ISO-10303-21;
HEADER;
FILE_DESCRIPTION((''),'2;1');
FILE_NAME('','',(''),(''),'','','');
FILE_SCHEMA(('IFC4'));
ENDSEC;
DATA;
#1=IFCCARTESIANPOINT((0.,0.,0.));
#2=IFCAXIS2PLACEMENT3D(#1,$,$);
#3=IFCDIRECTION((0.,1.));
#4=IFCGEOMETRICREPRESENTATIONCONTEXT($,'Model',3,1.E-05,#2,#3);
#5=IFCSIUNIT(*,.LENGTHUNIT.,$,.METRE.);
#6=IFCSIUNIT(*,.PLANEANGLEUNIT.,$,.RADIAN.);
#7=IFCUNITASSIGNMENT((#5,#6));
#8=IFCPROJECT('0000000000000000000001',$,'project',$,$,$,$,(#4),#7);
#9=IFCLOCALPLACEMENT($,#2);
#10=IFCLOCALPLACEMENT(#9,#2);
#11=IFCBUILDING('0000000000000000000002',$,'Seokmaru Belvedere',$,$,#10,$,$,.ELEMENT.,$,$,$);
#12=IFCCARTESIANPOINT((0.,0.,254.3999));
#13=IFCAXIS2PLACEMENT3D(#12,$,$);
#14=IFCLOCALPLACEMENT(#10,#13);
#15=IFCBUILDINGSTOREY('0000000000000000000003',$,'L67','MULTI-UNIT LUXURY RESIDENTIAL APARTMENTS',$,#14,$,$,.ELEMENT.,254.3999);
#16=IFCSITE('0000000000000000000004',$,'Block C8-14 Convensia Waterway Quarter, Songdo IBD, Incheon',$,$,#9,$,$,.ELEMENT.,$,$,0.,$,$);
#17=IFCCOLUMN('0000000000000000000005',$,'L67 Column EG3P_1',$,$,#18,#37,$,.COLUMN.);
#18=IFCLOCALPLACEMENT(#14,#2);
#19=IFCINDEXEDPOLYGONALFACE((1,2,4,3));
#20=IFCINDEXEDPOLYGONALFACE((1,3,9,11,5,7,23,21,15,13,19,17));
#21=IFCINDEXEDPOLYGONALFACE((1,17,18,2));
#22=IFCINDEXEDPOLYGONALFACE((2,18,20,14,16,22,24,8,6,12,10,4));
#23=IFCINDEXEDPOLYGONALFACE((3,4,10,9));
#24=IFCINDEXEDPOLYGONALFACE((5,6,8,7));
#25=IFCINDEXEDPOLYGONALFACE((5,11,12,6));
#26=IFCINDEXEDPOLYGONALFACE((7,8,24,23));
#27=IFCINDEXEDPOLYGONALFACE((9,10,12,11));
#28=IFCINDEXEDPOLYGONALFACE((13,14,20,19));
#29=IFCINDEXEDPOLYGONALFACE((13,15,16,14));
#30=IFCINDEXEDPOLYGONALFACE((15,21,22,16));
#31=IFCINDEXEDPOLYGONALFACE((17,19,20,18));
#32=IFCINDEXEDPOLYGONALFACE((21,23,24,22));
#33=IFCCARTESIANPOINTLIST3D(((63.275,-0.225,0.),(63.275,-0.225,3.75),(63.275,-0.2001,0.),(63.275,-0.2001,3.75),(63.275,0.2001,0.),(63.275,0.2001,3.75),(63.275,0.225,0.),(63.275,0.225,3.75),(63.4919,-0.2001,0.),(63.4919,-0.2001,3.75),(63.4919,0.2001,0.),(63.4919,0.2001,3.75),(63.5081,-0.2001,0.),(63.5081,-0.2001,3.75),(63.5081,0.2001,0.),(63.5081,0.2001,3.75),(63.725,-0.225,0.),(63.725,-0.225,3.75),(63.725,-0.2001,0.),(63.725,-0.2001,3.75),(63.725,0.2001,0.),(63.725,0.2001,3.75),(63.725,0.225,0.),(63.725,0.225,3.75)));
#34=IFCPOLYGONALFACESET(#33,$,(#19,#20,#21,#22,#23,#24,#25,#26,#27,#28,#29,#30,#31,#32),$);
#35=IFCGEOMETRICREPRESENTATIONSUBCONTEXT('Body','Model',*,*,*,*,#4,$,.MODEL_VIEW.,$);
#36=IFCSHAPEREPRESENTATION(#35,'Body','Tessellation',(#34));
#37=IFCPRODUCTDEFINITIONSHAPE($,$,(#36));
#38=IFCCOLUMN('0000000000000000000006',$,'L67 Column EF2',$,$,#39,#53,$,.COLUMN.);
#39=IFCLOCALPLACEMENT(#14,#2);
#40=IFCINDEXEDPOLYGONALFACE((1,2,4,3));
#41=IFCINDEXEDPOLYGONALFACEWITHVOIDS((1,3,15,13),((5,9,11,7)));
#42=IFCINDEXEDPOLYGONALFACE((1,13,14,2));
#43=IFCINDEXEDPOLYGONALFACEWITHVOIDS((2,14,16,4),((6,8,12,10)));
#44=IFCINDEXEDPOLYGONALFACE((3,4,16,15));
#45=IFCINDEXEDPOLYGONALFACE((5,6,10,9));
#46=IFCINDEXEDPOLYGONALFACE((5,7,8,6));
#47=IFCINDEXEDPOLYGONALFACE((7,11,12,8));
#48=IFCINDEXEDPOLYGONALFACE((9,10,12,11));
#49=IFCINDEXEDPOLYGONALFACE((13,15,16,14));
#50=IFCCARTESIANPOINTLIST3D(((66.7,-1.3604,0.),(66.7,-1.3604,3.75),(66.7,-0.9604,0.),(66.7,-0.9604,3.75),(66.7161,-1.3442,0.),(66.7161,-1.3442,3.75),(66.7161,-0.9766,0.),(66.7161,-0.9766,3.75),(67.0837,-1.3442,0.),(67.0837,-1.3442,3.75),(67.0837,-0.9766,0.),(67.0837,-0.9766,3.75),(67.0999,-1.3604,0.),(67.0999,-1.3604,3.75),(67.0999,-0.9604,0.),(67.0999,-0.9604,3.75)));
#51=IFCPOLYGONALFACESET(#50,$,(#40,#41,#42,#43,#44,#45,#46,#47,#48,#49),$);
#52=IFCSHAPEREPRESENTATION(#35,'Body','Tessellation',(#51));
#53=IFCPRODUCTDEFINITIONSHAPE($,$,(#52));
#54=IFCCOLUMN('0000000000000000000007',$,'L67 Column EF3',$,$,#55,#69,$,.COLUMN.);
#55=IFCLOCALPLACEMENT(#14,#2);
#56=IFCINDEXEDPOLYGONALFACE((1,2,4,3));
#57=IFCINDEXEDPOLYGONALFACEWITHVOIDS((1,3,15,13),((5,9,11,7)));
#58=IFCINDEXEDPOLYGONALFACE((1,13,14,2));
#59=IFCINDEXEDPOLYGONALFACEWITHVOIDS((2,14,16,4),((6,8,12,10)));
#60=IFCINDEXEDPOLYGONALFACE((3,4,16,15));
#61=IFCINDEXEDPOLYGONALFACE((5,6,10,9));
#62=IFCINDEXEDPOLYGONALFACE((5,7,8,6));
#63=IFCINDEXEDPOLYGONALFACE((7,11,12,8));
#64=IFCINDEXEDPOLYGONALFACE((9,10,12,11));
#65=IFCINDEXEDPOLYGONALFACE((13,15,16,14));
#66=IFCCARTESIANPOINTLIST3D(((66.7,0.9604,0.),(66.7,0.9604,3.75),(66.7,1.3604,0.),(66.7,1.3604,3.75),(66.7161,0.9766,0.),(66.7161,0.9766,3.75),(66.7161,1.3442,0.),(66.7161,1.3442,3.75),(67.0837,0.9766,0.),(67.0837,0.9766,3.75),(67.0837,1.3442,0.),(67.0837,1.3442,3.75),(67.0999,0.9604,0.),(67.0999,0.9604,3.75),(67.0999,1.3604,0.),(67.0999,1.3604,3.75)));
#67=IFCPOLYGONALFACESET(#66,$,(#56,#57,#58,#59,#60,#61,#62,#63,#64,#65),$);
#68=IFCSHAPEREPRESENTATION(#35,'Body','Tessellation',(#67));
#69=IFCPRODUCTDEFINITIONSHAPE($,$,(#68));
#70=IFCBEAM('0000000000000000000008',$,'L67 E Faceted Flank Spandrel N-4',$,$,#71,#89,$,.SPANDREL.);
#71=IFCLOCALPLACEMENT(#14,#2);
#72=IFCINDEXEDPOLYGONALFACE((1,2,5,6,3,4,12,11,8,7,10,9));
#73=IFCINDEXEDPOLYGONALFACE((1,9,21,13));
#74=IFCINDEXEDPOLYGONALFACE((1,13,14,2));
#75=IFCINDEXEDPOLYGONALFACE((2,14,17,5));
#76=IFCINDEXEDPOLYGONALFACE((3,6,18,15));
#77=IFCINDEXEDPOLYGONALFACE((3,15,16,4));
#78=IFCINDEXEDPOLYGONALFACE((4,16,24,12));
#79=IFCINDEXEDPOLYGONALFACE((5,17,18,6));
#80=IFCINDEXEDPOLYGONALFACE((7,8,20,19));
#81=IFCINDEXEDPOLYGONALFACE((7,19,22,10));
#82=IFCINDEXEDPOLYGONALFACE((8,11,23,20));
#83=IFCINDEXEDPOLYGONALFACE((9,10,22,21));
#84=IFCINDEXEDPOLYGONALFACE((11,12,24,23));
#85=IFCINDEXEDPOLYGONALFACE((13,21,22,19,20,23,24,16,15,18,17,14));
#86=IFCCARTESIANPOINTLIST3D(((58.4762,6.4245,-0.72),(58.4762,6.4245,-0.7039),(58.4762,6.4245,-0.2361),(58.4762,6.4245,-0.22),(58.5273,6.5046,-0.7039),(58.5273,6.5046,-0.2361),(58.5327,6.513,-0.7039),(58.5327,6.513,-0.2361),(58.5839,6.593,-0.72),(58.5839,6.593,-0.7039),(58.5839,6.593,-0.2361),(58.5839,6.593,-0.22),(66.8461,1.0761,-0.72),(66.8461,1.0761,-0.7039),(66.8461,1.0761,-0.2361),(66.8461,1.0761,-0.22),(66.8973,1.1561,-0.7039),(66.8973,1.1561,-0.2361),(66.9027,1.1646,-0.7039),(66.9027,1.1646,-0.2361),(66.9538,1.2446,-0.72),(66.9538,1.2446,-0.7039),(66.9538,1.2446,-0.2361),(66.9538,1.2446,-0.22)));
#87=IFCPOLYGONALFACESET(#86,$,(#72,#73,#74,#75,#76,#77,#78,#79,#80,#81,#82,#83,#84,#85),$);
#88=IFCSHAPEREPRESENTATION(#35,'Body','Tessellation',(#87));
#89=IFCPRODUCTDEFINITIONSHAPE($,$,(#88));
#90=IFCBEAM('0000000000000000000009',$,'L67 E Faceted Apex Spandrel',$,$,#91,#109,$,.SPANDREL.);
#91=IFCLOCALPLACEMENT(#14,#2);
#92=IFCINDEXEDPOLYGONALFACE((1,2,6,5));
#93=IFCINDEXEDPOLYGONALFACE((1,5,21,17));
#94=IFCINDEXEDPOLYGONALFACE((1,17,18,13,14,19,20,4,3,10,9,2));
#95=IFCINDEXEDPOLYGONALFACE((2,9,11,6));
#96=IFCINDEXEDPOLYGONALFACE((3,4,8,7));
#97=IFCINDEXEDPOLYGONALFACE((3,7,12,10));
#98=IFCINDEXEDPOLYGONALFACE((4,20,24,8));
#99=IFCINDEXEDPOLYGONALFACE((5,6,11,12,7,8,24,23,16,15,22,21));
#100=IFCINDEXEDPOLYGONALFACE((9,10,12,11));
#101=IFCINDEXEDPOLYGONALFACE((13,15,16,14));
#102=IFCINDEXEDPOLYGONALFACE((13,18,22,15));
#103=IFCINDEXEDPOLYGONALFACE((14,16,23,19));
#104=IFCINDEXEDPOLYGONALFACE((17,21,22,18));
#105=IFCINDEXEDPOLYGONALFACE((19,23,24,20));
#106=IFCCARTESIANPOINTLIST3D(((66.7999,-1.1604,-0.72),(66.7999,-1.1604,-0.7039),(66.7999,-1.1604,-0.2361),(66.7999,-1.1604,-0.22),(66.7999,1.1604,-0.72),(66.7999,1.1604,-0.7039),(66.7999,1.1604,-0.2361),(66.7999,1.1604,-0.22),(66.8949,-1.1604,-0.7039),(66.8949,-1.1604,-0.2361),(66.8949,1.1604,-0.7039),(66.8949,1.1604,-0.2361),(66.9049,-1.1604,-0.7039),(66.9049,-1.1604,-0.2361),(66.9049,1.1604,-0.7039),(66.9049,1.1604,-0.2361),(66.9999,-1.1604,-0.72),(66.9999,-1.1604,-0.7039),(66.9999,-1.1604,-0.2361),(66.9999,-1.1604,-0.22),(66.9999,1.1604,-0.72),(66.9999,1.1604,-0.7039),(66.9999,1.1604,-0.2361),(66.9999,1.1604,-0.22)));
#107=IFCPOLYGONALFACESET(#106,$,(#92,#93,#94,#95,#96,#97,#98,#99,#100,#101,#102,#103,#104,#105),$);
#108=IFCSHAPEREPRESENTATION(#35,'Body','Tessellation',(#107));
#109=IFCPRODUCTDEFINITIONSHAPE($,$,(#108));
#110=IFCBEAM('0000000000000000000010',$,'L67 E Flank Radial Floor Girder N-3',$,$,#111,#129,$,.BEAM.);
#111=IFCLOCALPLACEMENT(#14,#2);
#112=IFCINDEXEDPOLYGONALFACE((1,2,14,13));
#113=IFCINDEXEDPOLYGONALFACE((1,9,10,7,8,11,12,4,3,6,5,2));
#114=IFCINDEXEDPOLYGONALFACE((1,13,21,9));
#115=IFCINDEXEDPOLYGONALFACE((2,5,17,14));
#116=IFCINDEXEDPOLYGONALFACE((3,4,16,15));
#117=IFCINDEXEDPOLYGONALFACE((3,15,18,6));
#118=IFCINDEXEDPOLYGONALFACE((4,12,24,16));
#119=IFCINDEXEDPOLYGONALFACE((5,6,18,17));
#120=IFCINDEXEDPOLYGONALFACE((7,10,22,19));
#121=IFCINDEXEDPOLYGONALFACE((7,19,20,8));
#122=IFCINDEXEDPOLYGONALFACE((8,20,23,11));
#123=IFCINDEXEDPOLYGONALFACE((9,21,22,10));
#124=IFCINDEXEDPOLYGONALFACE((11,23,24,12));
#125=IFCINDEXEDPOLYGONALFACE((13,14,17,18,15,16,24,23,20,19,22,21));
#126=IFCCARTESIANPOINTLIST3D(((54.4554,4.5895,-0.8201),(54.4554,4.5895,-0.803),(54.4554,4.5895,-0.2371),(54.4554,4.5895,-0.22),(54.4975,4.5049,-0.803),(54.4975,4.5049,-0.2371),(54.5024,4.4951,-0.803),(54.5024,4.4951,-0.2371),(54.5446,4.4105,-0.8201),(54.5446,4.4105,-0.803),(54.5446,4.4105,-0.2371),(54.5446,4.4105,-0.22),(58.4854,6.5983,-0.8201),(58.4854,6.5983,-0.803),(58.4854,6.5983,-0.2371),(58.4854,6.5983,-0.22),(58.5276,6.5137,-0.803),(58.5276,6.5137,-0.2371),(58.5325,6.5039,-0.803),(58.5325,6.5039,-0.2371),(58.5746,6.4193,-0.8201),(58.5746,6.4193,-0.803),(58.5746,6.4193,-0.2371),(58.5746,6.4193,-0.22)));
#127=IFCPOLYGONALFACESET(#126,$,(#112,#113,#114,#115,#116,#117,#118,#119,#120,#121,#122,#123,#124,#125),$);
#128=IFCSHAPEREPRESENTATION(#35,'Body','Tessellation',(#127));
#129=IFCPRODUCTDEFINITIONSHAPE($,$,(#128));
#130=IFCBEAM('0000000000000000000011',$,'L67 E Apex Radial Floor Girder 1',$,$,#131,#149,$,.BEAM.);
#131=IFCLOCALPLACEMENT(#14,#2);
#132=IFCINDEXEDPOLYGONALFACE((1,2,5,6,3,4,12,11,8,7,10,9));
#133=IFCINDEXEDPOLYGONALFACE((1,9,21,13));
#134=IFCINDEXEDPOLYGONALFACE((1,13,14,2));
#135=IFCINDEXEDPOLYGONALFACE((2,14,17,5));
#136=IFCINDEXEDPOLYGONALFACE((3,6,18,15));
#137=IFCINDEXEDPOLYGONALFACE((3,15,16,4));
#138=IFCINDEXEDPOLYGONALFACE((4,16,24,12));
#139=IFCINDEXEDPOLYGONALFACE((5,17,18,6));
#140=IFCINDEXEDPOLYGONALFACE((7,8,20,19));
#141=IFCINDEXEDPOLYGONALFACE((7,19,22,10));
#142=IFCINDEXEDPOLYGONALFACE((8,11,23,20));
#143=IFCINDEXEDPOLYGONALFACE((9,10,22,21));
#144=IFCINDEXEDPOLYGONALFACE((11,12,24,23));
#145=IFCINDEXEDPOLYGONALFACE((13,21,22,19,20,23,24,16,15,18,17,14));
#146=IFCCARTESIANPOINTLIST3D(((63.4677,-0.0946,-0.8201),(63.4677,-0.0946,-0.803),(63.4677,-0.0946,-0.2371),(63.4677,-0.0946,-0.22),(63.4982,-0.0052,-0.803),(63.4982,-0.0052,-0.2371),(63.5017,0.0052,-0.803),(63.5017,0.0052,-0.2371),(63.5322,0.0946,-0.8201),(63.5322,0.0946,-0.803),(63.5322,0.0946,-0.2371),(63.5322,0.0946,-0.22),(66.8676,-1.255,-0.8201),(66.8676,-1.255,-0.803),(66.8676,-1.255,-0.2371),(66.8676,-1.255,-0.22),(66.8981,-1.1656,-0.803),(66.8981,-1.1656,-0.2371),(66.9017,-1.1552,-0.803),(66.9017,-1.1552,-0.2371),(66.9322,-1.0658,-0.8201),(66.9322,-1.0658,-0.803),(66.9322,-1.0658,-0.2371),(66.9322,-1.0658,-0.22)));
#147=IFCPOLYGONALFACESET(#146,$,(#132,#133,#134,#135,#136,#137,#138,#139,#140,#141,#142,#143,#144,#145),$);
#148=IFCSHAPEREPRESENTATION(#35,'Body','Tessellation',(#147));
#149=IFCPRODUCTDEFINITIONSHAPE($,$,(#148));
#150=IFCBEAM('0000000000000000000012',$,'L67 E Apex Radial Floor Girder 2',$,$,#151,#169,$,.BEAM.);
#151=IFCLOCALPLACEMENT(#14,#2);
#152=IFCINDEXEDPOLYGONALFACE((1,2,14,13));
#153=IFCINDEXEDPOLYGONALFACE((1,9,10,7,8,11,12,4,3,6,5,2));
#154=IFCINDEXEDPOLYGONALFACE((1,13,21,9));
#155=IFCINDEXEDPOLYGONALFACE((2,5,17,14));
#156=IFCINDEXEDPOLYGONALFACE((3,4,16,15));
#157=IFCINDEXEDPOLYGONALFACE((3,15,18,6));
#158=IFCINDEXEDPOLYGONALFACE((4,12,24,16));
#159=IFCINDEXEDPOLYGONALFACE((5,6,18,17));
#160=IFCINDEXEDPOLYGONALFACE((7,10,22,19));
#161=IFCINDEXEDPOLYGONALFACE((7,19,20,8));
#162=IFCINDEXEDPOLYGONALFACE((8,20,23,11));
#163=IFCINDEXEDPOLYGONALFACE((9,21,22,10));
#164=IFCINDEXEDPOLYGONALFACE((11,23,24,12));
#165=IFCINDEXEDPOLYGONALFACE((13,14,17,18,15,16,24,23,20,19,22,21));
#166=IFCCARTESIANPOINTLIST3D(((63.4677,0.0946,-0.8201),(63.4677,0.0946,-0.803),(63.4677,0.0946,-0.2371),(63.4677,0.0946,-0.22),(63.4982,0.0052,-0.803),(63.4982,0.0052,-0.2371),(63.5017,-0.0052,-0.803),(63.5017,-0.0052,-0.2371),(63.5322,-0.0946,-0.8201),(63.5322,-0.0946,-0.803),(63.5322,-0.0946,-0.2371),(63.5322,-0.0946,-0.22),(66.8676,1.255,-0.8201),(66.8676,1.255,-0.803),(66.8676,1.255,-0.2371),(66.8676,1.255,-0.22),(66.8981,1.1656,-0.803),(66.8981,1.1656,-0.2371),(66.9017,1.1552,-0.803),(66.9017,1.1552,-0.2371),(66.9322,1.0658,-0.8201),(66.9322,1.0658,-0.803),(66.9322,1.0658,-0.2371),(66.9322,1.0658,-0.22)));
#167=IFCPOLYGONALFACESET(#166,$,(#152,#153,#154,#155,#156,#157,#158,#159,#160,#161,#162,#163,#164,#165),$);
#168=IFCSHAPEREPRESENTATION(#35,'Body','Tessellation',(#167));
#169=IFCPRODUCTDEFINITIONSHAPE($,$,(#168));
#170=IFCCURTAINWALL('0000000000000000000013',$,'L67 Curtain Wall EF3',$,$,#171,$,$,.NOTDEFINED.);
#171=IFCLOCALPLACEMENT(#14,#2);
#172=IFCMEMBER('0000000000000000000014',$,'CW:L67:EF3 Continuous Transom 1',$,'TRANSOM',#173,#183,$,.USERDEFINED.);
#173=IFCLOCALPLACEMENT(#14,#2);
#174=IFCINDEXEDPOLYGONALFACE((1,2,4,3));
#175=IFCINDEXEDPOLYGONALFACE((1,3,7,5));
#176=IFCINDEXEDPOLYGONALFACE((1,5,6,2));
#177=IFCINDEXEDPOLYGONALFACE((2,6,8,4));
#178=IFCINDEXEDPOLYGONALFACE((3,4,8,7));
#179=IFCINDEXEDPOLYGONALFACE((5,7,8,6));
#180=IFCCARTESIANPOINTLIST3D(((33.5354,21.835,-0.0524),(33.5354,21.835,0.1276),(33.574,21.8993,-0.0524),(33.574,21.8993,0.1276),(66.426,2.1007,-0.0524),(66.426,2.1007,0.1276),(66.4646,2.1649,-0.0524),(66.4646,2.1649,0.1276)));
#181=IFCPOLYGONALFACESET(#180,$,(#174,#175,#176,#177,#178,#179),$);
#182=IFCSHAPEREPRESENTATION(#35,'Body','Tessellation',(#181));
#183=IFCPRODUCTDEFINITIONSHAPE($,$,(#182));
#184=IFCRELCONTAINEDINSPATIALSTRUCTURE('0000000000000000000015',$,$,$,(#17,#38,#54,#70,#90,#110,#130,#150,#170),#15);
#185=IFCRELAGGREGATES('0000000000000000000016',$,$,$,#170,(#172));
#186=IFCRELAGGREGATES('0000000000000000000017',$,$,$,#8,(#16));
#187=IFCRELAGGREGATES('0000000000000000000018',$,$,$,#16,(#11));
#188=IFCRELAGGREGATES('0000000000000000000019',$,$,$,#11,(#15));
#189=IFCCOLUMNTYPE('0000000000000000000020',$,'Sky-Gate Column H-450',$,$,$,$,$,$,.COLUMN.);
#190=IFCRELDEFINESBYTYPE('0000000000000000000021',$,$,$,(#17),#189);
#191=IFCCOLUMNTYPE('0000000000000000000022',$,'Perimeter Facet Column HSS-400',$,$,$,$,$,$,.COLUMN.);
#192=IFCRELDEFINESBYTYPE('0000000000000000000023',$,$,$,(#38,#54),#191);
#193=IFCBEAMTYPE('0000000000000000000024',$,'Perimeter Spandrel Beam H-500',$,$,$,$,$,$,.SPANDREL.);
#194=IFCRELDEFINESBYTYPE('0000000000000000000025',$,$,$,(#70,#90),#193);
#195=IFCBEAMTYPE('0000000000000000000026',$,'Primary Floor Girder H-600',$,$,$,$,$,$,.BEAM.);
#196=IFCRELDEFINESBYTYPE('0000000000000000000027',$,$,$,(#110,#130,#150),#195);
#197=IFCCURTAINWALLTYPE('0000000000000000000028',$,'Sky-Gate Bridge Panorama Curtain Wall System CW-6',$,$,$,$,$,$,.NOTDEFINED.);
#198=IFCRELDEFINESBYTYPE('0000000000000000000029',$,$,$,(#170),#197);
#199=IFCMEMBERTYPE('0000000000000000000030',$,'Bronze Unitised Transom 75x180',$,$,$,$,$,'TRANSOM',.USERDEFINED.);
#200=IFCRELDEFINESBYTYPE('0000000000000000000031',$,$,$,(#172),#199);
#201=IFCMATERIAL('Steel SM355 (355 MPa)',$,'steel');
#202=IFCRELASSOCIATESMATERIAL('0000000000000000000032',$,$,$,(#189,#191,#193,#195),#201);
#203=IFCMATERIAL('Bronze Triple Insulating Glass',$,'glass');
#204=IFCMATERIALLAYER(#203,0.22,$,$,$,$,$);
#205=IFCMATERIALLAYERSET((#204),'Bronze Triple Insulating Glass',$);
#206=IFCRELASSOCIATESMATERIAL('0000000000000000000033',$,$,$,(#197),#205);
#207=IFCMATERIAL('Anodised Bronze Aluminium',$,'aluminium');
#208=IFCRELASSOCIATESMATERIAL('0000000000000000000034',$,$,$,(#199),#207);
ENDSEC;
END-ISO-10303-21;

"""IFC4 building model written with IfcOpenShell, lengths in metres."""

from ifc_helpers import new_model, si_unit, direction, frame, origin, origin_2d, place, context, subcontext, project, spatial, rectangle, hollow_rectangle, i_section, extrude, source, transform, mapped, material, layer, layer_set, material_profile, profile_set, type_object, type_shapes, element, aggregate, save


model = new_model("IFC4")

# Units and contexts
model_context = context("Model", 3, precision=1e-05, world=origin(), true_north=direction((0.0, 1.0)))
body_context = subcontext(model_context, "Body", "Model", "MODEL_VIEW")
ifc_project = project(units=[si_unit("LENGTHUNIT", "METRE"), si_unit("PLANEANGLEUNIT", "RADIAN")], contexts=[model_context])

# Site, building, storey
site_placement = place(None, origin())
site = spatial("IfcSite", under=ifc_project, at=site_placement, Name="Block C8-14 Convensia Waterway Quarter, Songdo IBD, Incheon", CompositionType="ELEMENT", RefElevation=0.0)
building_placement = place(site_placement, origin())
building = spatial("IfcBuilding", under=site, at=building_placement, Name="Seokmaru Belvedere", CompositionType="ELEMENT")
storey_placement = place(building_placement, frame((0.0, 0.0, 254.3999)))
storey = spatial("IfcBuildingStorey", under=building, at=storey_placement, Name="L67", Description="MULTI-UNIT LUXURY RESIDENTIAL APARTMENTS", CompositionType="ELEMENT", Elevation=254.3999)

# Columns
ifc_material_1 = material(Name="Steel SM355 (355 MPa)", Category="steel")
ifc_material_profile_1 = material_profile(ifc_material_1, i_section(OverallWidth=0.45, OverallDepth=0.45, WebThickness=0.0161, FlangeThickness=0.0249, at=origin_2d()), Name="H-450x450x16x25")
ifc_profile_set_1 = profile_set([ifc_material_profile_1], Name="Steel SM355 (355 MPa)")
column_type_1 = type_object("IfcColumnType", Name="Sky-Gate Column H-450", PredefinedType="COLUMN", material=ifc_profile_set_1)
shared_shape_1 = source(origin(), body_context, "Body", "SweptSolid", [
    extrude(i_section(OverallWidth=0.45, OverallDepth=0.45, WebThickness=0.0161, FlangeThickness=0.0249, at=origin_2d()), origin(), (0.0, 0.0, 1.0), 3.75),
])
type_shapes(column_type_1, [shared_shape_1])
column_placement = place(storey_placement, frame((63.5, 0.0, 0.0), z_axis=(0.0, 0.0, 1.0), x_axis=(1.0, 0.0, 0.0)))
element("IfcColumn", 1, at=column_placement, inside=storey, type_object=column_type_1, Name="L67 Column EG3P_1", PredefinedType="COLUMN", context=body_context, shape_type="MappedRepresentation", body=[
    mapped(shared_shape_1, transform((0.0, 0.0, 0.0), scale=1.0)),
])
ifc_material_profile_2 = material_profile(ifc_material_1, hollow_rectangle(XDim=0.3999, YDim=0.3999, WallThickness=0.0161, at=origin_2d()), Name="HSS-400x400x16")
ifc_profile_set_2 = profile_set([ifc_material_profile_2], Name="Steel SM355 (355 MPa)")
column_type_2 = type_object("IfcColumnType", Name="Perimeter Facet Column HSS-400", PredefinedType="COLUMN", material=ifc_profile_set_2)
shared_shape_2 = source(origin(), body_context, "Body", "SweptSolid", [
    extrude(hollow_rectangle(XDim=0.3999, YDim=0.3999, WallThickness=0.0161, at=origin_2d()), origin(), (0.0, 0.0, 1.0), 3.75),
])
type_shapes(column_type_2, [shared_shape_2])
for number, where, z_axis, x_axis, name in (
    (2, (66.8999, -1.1604, 0.0), (0.0, 0.0, 1.0), (1.0, 0.0, 0.0), "L67 Column EF2"),
    (3, (66.8999, 1.1604, 0.0), (0.0, 0.0, 1.0), (1.0, 0.0, 0.0), "L67 Column EF3"),
):
    element("IfcColumn", number, at=place(storey_placement, frame(where, z_axis=z_axis, x_axis=x_axis)), inside=storey, type_object=column_type_2, Name=name, PredefinedType="COLUMN", context=body_context, shape_type="MappedRepresentation", body=[
        mapped(shared_shape_2, transform((0.0, 0.0, 0.0), scale=1.0)),
    ])

# Beams
ifc_material_profile_3 = material_profile(ifc_material_1, i_section(OverallWidth=0.2, OverallDepth=0.5, WebThickness=0.01, FlangeThickness=0.0161, at=origin_2d()), Name="H-500x200x10x16")
ifc_profile_set_3 = profile_set([ifc_material_profile_3], Name="Steel SM355 (355 MPa)")
beam_type_1 = type_object("IfcBeamType", Name="Perimeter Spandrel Beam H-500", PredefinedType="SPANDREL", material=ifc_profile_set_3)
shared_shape_3 = source(origin(), body_context, "Body", "SweptSolid", [
    extrude(i_section(OverallWidth=0.2, OverallDepth=0.5, WebThickness=0.01, FlangeThickness=0.0161, at=origin_2d()), origin(), (0.0, 0.0, 1.0), 9.9329),
])
beam_1_placement = place(storey_placement, frame((58.53, 6.5088, -0.47), z_axis=(0.842652, -0.538459, 0.0), x_axis=(0.538459, 0.842652, 0.0)))
element("IfcBeam", 4, at=beam_1_placement, inside=storey, type_object=beam_type_1, Name="L67 E Faceted Flank Spandrel N-4", PredefinedType="SPANDREL", context=body_context, shape_type="MappedRepresentation", body=[
    mapped(shared_shape_3, transform((0.0, 0.0, 0.0), scale=1.0)),
])
shared_shape_4 = source(origin(), body_context, "Body", "SweptSolid", [
    extrude(i_section(OverallWidth=0.2, OverallDepth=0.5, WebThickness=0.01, FlangeThickness=0.0161, at=origin_2d()), origin(), (0.0, 0.0, 1.0), 2.3208),
])
type_shapes(beam_type_1, [shared_shape_3, shared_shape_4])
beam_2_placement = place(storey_placement, frame((66.8999, -1.1604, -0.47), z_axis=(0.0, 1.0, 0.0), x_axis=(-1.0, 0.0, 0.0)))
element("IfcBeam", 5, at=beam_2_placement, inside=storey, type_object=beam_type_1, Name="L67 E Faceted Apex Spandrel", PredefinedType="SPANDREL", context=body_context, shape_type="MappedRepresentation", body=[
    mapped(shared_shape_4, transform((0.0, 0.0, 0.0), scale=1.0)),
])
ifc_material_profile_4 = material_profile(ifc_material_1, i_section(OverallWidth=0.2, OverallDepth=0.6001, WebThickness=0.011, FlangeThickness=0.0171, at=origin_2d()), Name="H-600x200x11x17")
ifc_profile_set_4 = profile_set([ifc_material_profile_4], Name="Steel SM355 (355 MPa)")
beam_type_2 = type_object("IfcBeamType", Name="Primary Floor Girder H-600", PredefinedType="BEAM", material=ifc_profile_set_4)
shared_shape_5 = source(origin(), body_context, "Body", "SweptSolid", [
    extrude(i_section(OverallWidth=0.2, OverallDepth=0.6001, WebThickness=0.011, FlangeThickness=0.0171, at=origin_2d()), origin(), (0.0, 0.0, 1.0), 4.5029),
])
beam_3_placement = place(storey_placement, frame((58.53, 6.5088, -0.52), z_axis=(-0.89498, -0.446107, 0.0), x_axis=(0.446107, -0.89498, 0.0)))
element("IfcBeam", 6, at=beam_3_placement, inside=storey, type_object=beam_type_2, Name="L67 E Flank Radial Floor Girder N-3", PredefinedType="BEAM", context=body_context, shape_type="MappedRepresentation", body=[
    mapped(shared_shape_5, transform((0.0, 0.0, 0.0), scale=1.0)),
])
shared_shape_6 = source(origin(), body_context, "Body", "SweptSolid", [
    extrude(i_section(OverallWidth=0.2, OverallDepth=0.6001, WebThickness=0.011, FlangeThickness=0.0171, at=origin_2d()), origin(), (0.0, 0.0, 1.0), 3.5925),
])
type_shapes(beam_type_2, [shared_shape_5, shared_shape_6])
for number, where, z_axis, x_axis, name in (
    (7, (66.8999, -1.1604, -0.52), (-0.946396, 0.323009, 0.0), (-0.323009, -0.946396, 0.0), "L67 E Apex Radial Floor Girder 1"),
    (8, (66.8999, 1.1604, -0.52), (-0.946396, -0.323009, 0.0), (0.323009, -0.946396, 0.0), "L67 E Apex Radial Floor Girder 2"),
):
    element("IfcBeam", number, at=place(storey_placement, frame(where, z_axis=z_axis, x_axis=x_axis)), inside=storey, type_object=beam_type_2, Name=name, PredefinedType="BEAM", context=body_context, shape_type="MappedRepresentation", body=[
        mapped(shared_shape_6, transform((0.0, 0.0, 0.0), scale=1.0)),
    ])

# Curtain wall, member
ifc_material_2 = material(Name="Bronze Triple Insulating Glass", Category="glass")
ifc_layer_1 = layer(ifc_material_2, 0.22)
ifc_layer_set_1 = layer_set([ifc_layer_1], Name="Bronze Triple Insulating Glass")
curtain_wall_type = type_object("IfcCurtainWallType", Name="Sky-Gate Bridge Panorama Curtain Wall System CW-6", PredefinedType="NOTDEFINED", material=ifc_layer_set_1)
curtain_wall_1_placement = place(storey_placement, origin())
curtain_wall_1 = element("IfcCurtainWall", 9, at=curtain_wall_1_placement, inside=storey, type_object=curtain_wall_type, Name="L67 Curtain Wall EF3", PredefinedType="NOTDEFINED")
ifc_material_3 = material(Name="Anodised Bronze Aluminium", Category="aluminium")
ifc_material_profile_5 = material_profile(ifc_material_3, rectangle(XDim=0.075, YDim=0.1799, at=origin_2d()), Name="CW-T-75x180")
ifc_profile_set_5 = profile_set([ifc_material_profile_5], Name="Anodised Bronze Aluminium")
member_type_1 = type_object("IfcMemberType", Name="Bronze Unitised Transom 75x180", ElementType="TRANSOM", PredefinedType="USERDEFINED", material=ifc_profile_set_5)
shared_shape_7 = source(origin(), body_context, "Body", "SweptSolid", [
    extrude(rectangle(XDim=0.075, YDim=0.1799, at=origin_2d()), origin(), (0.0, 0.0, 1.0), 38.3567),
])
member_1_placement = place(storey_placement, frame((66.4453, 2.1328, 0.0376), z_axis=(-0.857493, 0.514496, 0.0), x_axis=(-0.514496, -0.857493, 0.0)))
member_1 = element("IfcMember", 10, at=member_1_placement, type_object=member_type_1, Name="CW:L67:EF3 Continuous Transom 1", ObjectType="TRANSOM", PredefinedType="USERDEFINED", context=body_context, shape_type="MappedRepresentation", body=[
    mapped(shared_shape_7, transform((0.0, 0.0, 0.0), scale=1.0)),
])

aggregate(curtain_wall_1, [member_1])

save(model, "model.ifc")
